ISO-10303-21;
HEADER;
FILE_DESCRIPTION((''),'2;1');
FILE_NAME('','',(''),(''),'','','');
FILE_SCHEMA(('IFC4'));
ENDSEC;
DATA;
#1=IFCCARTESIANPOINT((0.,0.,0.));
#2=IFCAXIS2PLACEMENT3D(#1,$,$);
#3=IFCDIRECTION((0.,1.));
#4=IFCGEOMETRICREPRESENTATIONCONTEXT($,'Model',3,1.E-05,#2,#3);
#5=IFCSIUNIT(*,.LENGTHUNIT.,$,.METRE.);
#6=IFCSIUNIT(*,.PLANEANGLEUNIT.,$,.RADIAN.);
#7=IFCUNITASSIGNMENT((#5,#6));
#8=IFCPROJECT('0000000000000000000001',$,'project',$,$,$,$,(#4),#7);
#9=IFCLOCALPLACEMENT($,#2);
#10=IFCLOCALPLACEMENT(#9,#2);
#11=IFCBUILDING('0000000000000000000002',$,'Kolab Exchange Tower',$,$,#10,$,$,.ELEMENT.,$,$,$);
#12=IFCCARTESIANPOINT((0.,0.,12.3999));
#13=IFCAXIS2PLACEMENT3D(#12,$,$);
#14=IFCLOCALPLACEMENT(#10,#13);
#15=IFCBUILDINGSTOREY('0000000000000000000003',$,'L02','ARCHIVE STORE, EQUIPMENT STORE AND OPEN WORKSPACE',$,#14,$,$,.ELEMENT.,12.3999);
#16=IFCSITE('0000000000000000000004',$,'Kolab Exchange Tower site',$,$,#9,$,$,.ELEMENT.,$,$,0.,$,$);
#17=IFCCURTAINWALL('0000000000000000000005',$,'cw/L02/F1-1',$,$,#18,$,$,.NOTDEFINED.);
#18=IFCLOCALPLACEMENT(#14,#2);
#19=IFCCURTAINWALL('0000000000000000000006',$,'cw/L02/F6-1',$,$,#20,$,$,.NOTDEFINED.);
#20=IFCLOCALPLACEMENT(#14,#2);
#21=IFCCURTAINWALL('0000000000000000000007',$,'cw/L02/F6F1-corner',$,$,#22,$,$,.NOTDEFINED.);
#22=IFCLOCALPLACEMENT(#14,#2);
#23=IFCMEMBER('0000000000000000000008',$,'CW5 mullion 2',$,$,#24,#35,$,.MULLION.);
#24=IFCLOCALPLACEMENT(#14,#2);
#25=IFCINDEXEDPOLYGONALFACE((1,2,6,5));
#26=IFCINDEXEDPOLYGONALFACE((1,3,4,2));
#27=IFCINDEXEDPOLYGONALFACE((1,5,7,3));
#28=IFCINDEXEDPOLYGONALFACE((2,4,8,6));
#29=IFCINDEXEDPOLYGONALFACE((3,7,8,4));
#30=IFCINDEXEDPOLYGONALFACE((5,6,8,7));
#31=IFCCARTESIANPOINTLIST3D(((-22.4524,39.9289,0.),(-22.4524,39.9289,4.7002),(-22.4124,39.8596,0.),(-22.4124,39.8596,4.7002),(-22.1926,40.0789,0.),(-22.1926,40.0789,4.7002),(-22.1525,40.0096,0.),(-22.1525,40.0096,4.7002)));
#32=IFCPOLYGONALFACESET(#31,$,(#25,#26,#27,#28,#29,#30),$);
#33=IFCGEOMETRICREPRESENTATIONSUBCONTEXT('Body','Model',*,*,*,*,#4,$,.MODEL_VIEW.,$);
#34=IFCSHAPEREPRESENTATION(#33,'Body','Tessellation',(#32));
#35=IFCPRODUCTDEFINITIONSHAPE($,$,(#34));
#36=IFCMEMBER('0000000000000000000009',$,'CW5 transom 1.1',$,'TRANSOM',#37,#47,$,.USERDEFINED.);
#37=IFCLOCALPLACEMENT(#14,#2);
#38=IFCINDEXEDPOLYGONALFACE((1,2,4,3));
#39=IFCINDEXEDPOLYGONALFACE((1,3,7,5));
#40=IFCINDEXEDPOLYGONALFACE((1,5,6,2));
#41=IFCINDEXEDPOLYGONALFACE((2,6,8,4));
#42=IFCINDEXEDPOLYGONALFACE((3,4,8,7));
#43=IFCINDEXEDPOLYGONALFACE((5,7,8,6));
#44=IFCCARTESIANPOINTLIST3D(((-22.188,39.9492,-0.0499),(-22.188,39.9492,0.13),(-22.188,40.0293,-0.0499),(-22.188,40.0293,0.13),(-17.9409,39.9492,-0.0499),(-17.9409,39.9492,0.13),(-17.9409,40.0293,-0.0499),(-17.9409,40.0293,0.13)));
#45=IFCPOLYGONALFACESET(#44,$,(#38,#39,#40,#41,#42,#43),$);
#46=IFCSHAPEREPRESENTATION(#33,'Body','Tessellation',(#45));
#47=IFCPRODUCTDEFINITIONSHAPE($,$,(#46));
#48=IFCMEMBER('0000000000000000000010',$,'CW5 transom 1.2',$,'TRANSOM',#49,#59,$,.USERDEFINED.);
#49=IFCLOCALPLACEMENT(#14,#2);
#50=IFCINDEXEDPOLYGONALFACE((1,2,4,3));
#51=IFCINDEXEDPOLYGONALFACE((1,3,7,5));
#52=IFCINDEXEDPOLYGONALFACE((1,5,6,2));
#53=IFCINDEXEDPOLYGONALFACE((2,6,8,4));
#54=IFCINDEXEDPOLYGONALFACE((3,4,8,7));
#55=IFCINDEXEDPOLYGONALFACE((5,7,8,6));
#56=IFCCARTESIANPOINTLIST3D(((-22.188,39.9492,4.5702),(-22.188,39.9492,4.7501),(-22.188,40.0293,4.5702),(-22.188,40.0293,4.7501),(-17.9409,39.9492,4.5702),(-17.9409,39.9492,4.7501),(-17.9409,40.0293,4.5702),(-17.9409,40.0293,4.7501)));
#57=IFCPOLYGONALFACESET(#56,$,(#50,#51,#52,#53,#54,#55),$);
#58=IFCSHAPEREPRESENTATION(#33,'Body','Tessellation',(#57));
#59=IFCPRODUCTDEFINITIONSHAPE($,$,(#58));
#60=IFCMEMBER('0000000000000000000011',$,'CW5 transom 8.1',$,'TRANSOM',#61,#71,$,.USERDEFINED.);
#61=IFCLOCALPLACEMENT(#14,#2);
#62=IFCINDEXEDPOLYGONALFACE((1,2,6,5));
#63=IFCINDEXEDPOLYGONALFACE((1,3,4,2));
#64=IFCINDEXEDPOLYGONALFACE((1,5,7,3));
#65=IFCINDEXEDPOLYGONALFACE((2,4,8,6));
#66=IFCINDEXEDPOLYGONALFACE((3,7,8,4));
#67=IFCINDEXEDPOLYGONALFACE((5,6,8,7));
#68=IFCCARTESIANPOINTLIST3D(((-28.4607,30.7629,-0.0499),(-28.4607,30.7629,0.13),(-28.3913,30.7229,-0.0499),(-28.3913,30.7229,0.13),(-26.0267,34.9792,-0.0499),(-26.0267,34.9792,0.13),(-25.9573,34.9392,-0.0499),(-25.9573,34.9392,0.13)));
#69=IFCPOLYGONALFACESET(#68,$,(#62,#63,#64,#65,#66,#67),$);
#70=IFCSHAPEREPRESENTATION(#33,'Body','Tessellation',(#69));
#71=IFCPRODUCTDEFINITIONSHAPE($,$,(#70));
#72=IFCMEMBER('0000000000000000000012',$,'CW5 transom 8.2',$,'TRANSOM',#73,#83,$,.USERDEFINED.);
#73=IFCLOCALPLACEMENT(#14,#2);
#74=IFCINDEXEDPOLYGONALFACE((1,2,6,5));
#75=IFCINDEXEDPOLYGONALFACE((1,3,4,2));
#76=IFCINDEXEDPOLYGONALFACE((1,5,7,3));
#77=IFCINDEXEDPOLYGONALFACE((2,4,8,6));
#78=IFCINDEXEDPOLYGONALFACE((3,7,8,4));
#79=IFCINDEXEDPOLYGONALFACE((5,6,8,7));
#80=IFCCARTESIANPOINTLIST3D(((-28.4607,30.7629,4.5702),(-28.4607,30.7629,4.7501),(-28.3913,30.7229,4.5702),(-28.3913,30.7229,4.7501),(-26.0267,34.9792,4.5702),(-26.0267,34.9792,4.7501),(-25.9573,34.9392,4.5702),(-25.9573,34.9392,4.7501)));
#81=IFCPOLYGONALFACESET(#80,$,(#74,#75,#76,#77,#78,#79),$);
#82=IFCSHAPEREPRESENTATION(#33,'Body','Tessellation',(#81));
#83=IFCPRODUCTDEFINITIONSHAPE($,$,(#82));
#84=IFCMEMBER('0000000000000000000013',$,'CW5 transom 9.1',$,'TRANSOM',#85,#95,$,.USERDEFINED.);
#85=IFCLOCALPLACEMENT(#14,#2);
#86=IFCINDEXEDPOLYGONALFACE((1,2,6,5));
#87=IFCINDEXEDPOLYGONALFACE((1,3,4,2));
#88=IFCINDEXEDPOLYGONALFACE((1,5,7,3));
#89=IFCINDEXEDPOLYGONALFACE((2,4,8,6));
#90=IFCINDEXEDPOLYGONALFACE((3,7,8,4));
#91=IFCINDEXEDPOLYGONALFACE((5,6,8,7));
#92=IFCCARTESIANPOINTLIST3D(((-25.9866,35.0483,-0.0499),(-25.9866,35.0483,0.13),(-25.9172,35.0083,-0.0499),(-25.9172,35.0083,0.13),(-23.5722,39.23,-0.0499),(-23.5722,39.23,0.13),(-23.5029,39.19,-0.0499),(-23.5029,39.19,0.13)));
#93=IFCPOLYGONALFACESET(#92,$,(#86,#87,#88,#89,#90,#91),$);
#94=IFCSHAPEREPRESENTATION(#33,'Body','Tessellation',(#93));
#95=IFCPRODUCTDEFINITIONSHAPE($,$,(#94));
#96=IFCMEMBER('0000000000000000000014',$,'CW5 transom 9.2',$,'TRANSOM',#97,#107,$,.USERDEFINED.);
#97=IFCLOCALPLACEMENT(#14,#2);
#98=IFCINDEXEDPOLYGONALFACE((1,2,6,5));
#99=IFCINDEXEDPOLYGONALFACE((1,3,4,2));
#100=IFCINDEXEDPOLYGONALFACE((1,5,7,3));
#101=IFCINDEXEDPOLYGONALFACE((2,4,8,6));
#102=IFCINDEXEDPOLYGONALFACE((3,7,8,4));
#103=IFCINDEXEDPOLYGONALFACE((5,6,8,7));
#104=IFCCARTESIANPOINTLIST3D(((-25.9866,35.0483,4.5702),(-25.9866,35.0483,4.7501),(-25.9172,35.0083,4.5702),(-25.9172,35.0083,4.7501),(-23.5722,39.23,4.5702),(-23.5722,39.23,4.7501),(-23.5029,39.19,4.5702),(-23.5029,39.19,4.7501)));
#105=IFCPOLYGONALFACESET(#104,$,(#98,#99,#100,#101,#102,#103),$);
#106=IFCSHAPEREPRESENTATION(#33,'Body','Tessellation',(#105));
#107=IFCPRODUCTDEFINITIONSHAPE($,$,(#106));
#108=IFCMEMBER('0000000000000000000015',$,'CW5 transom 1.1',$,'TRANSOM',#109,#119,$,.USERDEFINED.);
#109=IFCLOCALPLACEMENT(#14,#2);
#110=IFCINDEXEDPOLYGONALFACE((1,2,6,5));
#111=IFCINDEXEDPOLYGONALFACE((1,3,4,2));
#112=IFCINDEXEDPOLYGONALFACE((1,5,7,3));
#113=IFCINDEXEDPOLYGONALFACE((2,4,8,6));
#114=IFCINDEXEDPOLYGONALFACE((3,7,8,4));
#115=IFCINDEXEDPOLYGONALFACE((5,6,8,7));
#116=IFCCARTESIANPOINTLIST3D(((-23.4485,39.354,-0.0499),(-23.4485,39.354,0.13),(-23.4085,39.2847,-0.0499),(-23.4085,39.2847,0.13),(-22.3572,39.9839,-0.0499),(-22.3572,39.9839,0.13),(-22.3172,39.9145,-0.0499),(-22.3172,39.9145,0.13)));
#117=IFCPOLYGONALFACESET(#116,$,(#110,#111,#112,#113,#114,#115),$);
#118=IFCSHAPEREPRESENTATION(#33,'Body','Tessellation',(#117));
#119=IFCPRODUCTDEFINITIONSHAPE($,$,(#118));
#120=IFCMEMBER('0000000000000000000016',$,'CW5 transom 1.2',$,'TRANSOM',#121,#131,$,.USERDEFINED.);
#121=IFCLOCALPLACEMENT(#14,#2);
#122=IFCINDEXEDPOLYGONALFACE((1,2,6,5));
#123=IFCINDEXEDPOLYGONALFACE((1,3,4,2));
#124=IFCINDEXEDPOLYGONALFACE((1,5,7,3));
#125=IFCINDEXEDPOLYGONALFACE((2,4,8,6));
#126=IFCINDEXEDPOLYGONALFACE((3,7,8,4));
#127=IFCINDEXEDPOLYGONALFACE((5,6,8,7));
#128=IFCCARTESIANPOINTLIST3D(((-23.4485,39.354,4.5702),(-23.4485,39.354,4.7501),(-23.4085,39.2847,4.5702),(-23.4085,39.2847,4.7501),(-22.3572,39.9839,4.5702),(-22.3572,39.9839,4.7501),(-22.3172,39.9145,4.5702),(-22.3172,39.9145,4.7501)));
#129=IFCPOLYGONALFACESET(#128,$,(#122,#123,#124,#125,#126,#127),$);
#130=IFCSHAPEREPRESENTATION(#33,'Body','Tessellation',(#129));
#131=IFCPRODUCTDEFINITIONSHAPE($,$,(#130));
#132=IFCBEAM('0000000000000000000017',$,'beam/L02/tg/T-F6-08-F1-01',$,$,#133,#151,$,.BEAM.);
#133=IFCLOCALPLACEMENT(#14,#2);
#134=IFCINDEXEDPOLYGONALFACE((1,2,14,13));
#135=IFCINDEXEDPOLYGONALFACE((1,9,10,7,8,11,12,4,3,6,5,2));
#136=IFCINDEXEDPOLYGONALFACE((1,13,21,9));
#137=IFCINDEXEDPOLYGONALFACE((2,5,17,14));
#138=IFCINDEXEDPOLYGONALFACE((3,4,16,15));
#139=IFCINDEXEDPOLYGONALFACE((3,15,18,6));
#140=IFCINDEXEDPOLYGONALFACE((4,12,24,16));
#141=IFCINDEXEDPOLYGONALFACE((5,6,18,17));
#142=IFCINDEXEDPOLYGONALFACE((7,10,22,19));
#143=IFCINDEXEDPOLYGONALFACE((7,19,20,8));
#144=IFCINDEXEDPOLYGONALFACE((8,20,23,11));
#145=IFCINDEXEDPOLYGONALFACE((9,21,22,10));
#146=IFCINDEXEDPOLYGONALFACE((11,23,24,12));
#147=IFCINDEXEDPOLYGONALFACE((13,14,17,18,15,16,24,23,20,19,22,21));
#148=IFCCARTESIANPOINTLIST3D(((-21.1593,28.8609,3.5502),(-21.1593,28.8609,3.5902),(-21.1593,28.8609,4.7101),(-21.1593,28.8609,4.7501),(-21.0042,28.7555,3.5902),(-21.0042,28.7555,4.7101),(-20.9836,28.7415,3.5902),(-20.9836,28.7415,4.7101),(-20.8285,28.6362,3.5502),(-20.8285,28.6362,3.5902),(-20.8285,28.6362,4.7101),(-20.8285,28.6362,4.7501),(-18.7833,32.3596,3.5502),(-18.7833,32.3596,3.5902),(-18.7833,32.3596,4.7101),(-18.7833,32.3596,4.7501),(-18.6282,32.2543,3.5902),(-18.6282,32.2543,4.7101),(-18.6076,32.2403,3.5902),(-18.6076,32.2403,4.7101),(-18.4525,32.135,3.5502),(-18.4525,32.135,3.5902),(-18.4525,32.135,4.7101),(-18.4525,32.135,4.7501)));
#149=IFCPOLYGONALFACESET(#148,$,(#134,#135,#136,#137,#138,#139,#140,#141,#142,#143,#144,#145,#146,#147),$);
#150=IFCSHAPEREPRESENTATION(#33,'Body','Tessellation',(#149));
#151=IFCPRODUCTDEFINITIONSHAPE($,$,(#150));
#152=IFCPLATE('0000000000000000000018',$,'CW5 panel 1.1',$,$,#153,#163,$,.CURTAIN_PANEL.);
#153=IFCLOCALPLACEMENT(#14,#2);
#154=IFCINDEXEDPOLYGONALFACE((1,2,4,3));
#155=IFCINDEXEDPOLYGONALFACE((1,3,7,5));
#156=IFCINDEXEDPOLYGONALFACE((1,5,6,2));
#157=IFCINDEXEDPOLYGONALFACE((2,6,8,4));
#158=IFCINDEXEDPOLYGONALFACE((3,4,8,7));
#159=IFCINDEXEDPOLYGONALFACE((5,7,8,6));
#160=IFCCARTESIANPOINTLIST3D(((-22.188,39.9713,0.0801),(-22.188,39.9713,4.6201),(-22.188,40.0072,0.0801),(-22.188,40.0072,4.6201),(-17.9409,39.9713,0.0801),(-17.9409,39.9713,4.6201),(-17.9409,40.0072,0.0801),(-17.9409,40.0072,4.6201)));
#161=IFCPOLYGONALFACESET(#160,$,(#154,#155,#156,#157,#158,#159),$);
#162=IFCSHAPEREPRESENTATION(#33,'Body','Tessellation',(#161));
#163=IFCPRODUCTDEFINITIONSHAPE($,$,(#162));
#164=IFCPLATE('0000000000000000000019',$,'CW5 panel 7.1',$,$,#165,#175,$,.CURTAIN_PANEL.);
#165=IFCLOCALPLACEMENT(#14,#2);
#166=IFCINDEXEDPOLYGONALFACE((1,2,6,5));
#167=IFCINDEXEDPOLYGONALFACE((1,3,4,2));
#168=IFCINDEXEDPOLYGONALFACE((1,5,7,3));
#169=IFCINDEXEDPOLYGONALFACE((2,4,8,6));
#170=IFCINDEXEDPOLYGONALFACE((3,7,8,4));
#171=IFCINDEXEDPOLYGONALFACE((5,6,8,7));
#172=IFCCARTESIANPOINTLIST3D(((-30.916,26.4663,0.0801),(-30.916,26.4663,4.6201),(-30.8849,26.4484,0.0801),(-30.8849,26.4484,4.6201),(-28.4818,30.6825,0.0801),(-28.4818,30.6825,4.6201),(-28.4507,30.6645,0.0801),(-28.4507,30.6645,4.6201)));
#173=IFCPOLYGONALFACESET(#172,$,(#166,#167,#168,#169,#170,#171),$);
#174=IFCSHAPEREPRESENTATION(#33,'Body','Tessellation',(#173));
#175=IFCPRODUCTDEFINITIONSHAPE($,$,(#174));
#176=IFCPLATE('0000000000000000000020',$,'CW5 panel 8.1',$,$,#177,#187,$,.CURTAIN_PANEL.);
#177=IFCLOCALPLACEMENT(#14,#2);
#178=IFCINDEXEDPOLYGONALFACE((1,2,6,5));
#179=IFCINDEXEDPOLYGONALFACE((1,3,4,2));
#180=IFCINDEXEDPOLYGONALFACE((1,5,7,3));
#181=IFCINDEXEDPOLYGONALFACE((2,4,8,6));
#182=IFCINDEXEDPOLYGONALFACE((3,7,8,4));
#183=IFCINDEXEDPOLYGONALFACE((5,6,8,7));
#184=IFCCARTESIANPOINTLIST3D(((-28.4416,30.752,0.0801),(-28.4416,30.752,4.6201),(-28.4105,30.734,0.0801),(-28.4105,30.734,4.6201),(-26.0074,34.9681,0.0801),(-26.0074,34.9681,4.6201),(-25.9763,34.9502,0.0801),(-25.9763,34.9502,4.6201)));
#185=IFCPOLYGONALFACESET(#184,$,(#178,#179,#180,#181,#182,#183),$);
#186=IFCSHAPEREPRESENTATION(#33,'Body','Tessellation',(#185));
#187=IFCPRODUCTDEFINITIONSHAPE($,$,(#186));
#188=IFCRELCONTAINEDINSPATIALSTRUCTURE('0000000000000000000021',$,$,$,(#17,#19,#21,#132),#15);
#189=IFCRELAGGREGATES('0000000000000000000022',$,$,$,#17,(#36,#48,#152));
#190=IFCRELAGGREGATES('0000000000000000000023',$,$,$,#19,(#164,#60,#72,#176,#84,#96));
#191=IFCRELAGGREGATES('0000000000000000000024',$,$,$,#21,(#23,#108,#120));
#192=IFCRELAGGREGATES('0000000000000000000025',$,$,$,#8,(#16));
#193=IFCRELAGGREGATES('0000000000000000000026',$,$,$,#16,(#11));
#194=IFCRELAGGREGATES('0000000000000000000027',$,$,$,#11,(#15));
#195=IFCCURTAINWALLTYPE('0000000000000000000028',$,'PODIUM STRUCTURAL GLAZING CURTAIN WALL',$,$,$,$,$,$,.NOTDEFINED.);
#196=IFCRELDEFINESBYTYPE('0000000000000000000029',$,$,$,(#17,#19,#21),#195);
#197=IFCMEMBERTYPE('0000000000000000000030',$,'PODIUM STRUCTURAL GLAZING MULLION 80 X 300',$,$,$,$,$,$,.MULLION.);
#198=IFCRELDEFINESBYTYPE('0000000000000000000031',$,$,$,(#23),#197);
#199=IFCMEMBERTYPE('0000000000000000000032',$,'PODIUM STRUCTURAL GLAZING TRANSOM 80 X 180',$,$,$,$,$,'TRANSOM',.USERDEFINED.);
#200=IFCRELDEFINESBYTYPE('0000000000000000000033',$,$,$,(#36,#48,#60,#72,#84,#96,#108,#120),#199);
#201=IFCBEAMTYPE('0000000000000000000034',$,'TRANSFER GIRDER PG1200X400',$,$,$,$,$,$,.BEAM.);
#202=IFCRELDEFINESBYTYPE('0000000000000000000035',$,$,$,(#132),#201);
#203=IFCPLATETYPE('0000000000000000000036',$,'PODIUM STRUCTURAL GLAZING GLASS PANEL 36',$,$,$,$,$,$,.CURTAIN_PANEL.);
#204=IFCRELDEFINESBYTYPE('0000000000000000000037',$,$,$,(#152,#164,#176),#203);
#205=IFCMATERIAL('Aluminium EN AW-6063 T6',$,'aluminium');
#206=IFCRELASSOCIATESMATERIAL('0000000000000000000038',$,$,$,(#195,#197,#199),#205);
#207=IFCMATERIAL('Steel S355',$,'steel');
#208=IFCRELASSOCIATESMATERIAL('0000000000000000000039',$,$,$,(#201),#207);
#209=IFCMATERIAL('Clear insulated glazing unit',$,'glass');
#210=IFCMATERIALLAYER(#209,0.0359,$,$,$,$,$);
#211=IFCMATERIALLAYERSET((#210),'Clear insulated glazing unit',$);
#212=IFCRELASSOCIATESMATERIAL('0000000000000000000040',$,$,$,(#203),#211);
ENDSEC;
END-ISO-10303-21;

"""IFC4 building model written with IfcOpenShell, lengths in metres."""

from ifc_helpers import new_model, si_unit, direction, frame, origin, origin_2d, place, context, subcontext, project, spatial, rectangle, i_section, extrude, material, layer, layer_set, material_profile, profile_set, type_object, element, aggregate, save


model = new_model("IFC4")

# Units and contexts
model_context = context("Model", 3, precision=1e-05, world=origin(), true_north=direction((0.0, 1.0)))
body_context = subcontext(model_context, "Body", "Model", "MODEL_VIEW")
ifc_project = project(units=[si_unit("LENGTHUNIT", "METRE"), si_unit("PLANEANGLEUNIT", "RADIAN")], contexts=[model_context])

# Site, building, storey
site_placement = place(None, origin())
site = spatial("IfcSite", under=ifc_project, at=site_placement, Name="Kolab Exchange Tower site", CompositionType="ELEMENT", RefElevation=0.0)
building_placement = place(site_placement, origin())
building = spatial("IfcBuilding", under=site, at=building_placement, Name="Kolab Exchange Tower", CompositionType="ELEMENT")
storey_placement = place(building_placement, frame((0.0, 0.0, 12.3999)))
storey = spatial("IfcBuildingStorey", under=building, at=storey_placement, Name="L02", Description="ARCHIVE STORE, EQUIPMENT STORE AND OPEN WORKSPACE", CompositionType="ELEMENT", Elevation=12.3999)

# Shared definitions
ifc_material_1 = material(Name="Steel S355", Category="steel")

# Curtain wall
ifc_material_2 = material(Name="Aluminium EN AW-6063 T6", Category="aluminium")
curtain_wall_type = type_object("IfcCurtainWallType", Name="PODIUM STRUCTURAL GLAZING CURTAIN WALL", PredefinedType="NOTDEFINED", material=ifc_material_2)
curtain_wall_1_placement = place(storey_placement, origin())
curtain_wall_1 = element("IfcCurtainWall", 1, at=curtain_wall_1_placement, inside=storey, type_object=curtain_wall_type, Name="cw/L02/F1-1", PredefinedType="NOTDEFINED")
ifc_material_profile_1 = material_profile(ifc_material_2, rectangle(XDim=0.0801, YDim=0.3, at=origin_2d()), Name="RECT 80X300")
ifc_profile_set_1 = profile_set([ifc_material_profile_1], Name="Aluminium EN AW-6063 T6")
member_type_1 = type_object("IfcMemberType", Name="PODIUM STRUCTURAL GLAZING MULLION 80 X 300", PredefinedType="MULLION", material=ifc_profile_set_1)

# Curtain walls, member
curtain_wall_2_placement = place(storey_placement, origin())
curtain_wall_2 = element("IfcCurtainWall", 2, at=curtain_wall_2_placement, inside=storey, type_object=curtain_wall_type, Name="cw/L02/F6-1", PredefinedType="NOTDEFINED")
curtain_wall_3_placement = place(storey_placement, origin())
curtain_wall_3 = element("IfcCurtainWall", 3, at=curtain_wall_3_placement, inside=storey, type_object=curtain_wall_type, Name="cw/L02/F6F1-corner", PredefinedType="NOTDEFINED")
member_1_placement = place(storey_placement, frame((-22.3025, 39.9692, 0.0), z_axis=(0.0, 0.0, 1.0), x_axis=(-0.5, 0.866025, 0.0)))
member_1 = element("IfcMember", 4, at=member_1_placement, type_object=member_type_1, Name="CW5 mullion 2", PredefinedType="MULLION", context=body_context, shape_type="SweptSolid", body=[
    extrude(rectangle(XDim=0.0801, YDim=0.3, at=origin_2d()), origin(), (0.0, 0.0, 1.0), 4.7002),
])

# Members
ifc_material_profile_2 = material_profile(ifc_material_2, rectangle(XDim=0.0801, YDim=0.1799, at=origin_2d()), Name="RECT 80X180")
ifc_profile_set_2 = profile_set([ifc_material_profile_2], Name="Aluminium EN AW-6063 T6")
member_type_2 = type_object("IfcMemberType", Name="PODIUM STRUCTURAL GLAZING TRANSOM 80 X 180", ElementType="TRANSOM", PredefinedType="USERDEFINED", material=ifc_profile_set_2)
member_2_placement = place(storey_placement, frame((-22.188, 39.9893, 0.04), z_axis=(1.0, 0.0, 0.0), x_axis=(0.0, 1.0, 0.0)))
member_2 = element("IfcMember", 5, at=member_2_placement, type_object=member_type_2, Name="CW5 transom 1.1", ObjectType="TRANSOM", PredefinedType="USERDEFINED", context=body_context, shape_type="SweptSolid", body=[
    extrude(rectangle(XDim=0.0801, YDim=0.1799, at=origin_2d()), origin(), (0.0, 0.0, 1.0), 4.2471),
])
member_3_placement = place(storey_placement, frame((-22.188, 39.9893, 4.6602), z_axis=(1.0, 0.0, 0.0), x_axis=(0.0, 1.0, 0.0)))
member_3 = element("IfcMember", 6, at=member_3_placement, type_object=member_type_2, Name="CW5 transom 1.2", ObjectType="TRANSOM", PredefinedType="USERDEFINED", context=body_context, shape_type="SweptSolid", body=[
    extrude(rectangle(XDim=0.0801, YDim=0.1799, at=origin_2d()), origin(), (0.0, 0.0, 1.0), 4.2471),
])
member_4_placement = place(storey_placement, frame((-28.426, 30.7429, 0.04), z_axis=(0.499968, 0.866044, 0.0), x_axis=(-0.866044, 0.499968, 0.0)))
member_4 = element("IfcMember", 7, at=member_4_placement, type_object=member_type_2, Name="CW5 transom 8.1", ObjectType="TRANSOM", PredefinedType="USERDEFINED", context=body_context, shape_type="SweptSolid", body=[
    extrude(rectangle(XDim=0.0801, YDim=0.1799, at=origin_2d()), origin(), (0.0, 0.0, 1.0), 4.8684),
])
member_5_placement = place(storey_placement, frame((-28.426, 30.7429, 4.6602), z_axis=(0.499968, 0.866044, 0.0), x_axis=(-0.866044, 0.499968, 0.0)))
member_5 = element("IfcMember", 8, at=member_5_placement, type_object=member_type_2, Name="CW5 transom 8.2", ObjectType="TRANSOM", PredefinedType="USERDEFINED", context=body_context, shape_type="SweptSolid", body=[
    extrude(rectangle(XDim=0.0801, YDim=0.1799, at=origin_2d()), origin(), (0.0, 0.0, 1.0), 4.8684),
])
member_6_placement = place(storey_placement, frame((-25.9519, 35.0283, 0.04), z_axis=(0.500005, 0.866022, 0.0), x_axis=(-0.866022, 0.500005, 0.0)))
member_6 = element("IfcMember", 9, at=member_6_placement, type_object=member_type_2, Name="CW5 transom 9.1", ObjectType="TRANSOM", PredefinedType="USERDEFINED", context=body_context, shape_type="SweptSolid", body=[
    extrude(rectangle(XDim=0.0801, YDim=0.1799, at=origin_2d()), origin(), (0.0, 0.0, 1.0), 4.8286),
])
member_7_placement = place(storey_placement, frame((-25.9519, 35.0283, 4.6602), z_axis=(0.500005, 0.866022, 0.0), x_axis=(-0.866022, 0.500005, 0.0)))
member_7 = element("IfcMember", 10, at=member_7_placement, type_object=member_type_2, Name="CW5 transom 9.2", ObjectType="TRANSOM", PredefinedType="USERDEFINED", context=body_context, shape_type="SweptSolid", body=[
    extrude(rectangle(XDim=0.0801, YDim=0.1799, at=origin_2d()), origin(), (0.0, 0.0, 1.0), 4.8286),
])
member_8_placement = place(storey_placement, frame((-23.4285, 39.3193, 0.04), z_axis=(0.866089, 0.49989, 0.0), x_axis=(-0.49989, 0.866089, 0.0)))
member_8 = element("IfcMember", 11, at=member_8_placement, type_object=member_type_2, Name="CW5 transom 1.1", ObjectType="TRANSOM", PredefinedType="USERDEFINED", context=body_context, shape_type="SweptSolid", body=[
    extrude(rectangle(XDim=0.0801, YDim=0.1799, at=origin_2d()), origin(), (0.0, 0.0, 1.0), 1.26),
])
member_9_placement = place(storey_placement, frame((-23.4285, 39.3193, 4.6602), z_axis=(0.866089, 0.49989, 0.0), x_axis=(-0.49989, 0.866089, 0.0)))
member_9 = element("IfcMember", 12, at=member_9_placement, type_object=member_type_2, Name="CW5 transom 1.2", ObjectType="TRANSOM", PredefinedType="USERDEFINED", context=body_context, shape_type="SweptSolid", body=[
    extrude(rectangle(XDim=0.0801, YDim=0.1799, at=origin_2d()), origin(), (0.0, 0.0, 1.0), 1.26),
])

# Beam
ifc_material_profile_3 = material_profile(ifc_material_1, i_section(OverallWidth=0.3999, OverallDepth=1.2, WebThickness=0.0249, FlangeThickness=0.04, at=origin_2d()), Name="PG1200X400")
ifc_profile_set_3 = profile_set([ifc_material_profile_3], Name="Steel S355")
beam_type_1 = type_object("IfcBeamType", Name="TRANSFER GIRDER PG1200X400", PredefinedType="BEAM", material=ifc_profile_set_3)
beam_1_placement = place(storey_placement, frame((-20.9939, 28.7485, 4.1501), z_axis=(0.561794, 0.827277, 0.0), x_axis=(-0.827277, 0.561794, 0.0)))
element("IfcBeam", 13, at=beam_1_placement, inside=storey, type_object=beam_type_1, Name="beam/L02/tg/T-F6-08-F1-01", PredefinedType="BEAM", context=body_context, shape_type="SweptSolid", body=[
    extrude(i_section(OverallWidth=0.3999, OverallDepth=1.2, WebThickness=0.0249, FlangeThickness=0.04, at=origin_2d()), origin(), (0.0, 0.0, 1.0), 4.2292),
])

# Plates
ifc_material_3 = material(Name="Clear insulated glazing unit", Category="glass")
ifc_layer_1 = layer(ifc_material_3, 0.0359)
ifc_layer_set_1 = layer_set([ifc_layer_1], Name="Clear insulated glazing unit")
plate_type = type_object("IfcPlateType", Name="PODIUM STRUCTURAL GLAZING GLASS PANEL 36", PredefinedType="CURTAIN_PANEL", material=ifc_layer_set_1)
plate_1_placement = place(storey_placement, frame((-20.0645, 39.9893, 0.0801), z_axis=(0.0, 0.0, 1.0), x_axis=(1.0, 0.0, 0.0)))
plate_1 = element("IfcPlate", 14, at=plate_1_placement, type_object=plate_type, Name="CW5 panel 1.1", PredefinedType="CURTAIN_PANEL", context=body_context, shape_type="SweptSolid", body=[
    extrude(rectangle(XDim=4.2471, YDim=0.0359, at=origin_2d()), origin(), (0.0, 0.0, 1.0), 4.54),
])
aggregate(curtain_wall_1, [member_2, member_3, plate_1])
plate_2_placement = place(storey_placement, frame((-29.6833, 28.5654, 0.0801), z_axis=(0.0, 0.0, 1.0), x_axis=(0.5, 0.866025, 0.0)))
plate_2 = element("IfcPlate", 15, at=plate_2_placement, type_object=plate_type, Name="CW5 panel 7.1", PredefinedType="CURTAIN_PANEL", context=body_context, shape_type="SweptSolid", body=[
    extrude(rectangle(XDim=4.8684, YDim=0.0359, at=origin_2d()), origin(), (0.0, 0.0, 1.0), 4.54),
])
plate_3_placement = place(storey_placement, frame((-27.209, 32.8511, 0.0801), z_axis=(0.0, 0.0, 1.0), x_axis=(0.5, 0.866025, 0.0)))
plate_3 = element("IfcPlate", 16, at=plate_3_placement, type_object=plate_type, Name="CW5 panel 8.1", PredefinedType="CURTAIN_PANEL", context=body_context, shape_type="SweptSolid", body=[
    extrude(rectangle(XDim=4.8684, YDim=0.0359, at=origin_2d()), origin(), (0.0, 0.0, 1.0), 4.54),
])
aggregate(curtain_wall_2, [plate_2, member_4, member_5, plate_3, member_6, member_7])
aggregate(curtain_wall_3, [member_1, member_8, member_9])

save(model, "model.ifc")
